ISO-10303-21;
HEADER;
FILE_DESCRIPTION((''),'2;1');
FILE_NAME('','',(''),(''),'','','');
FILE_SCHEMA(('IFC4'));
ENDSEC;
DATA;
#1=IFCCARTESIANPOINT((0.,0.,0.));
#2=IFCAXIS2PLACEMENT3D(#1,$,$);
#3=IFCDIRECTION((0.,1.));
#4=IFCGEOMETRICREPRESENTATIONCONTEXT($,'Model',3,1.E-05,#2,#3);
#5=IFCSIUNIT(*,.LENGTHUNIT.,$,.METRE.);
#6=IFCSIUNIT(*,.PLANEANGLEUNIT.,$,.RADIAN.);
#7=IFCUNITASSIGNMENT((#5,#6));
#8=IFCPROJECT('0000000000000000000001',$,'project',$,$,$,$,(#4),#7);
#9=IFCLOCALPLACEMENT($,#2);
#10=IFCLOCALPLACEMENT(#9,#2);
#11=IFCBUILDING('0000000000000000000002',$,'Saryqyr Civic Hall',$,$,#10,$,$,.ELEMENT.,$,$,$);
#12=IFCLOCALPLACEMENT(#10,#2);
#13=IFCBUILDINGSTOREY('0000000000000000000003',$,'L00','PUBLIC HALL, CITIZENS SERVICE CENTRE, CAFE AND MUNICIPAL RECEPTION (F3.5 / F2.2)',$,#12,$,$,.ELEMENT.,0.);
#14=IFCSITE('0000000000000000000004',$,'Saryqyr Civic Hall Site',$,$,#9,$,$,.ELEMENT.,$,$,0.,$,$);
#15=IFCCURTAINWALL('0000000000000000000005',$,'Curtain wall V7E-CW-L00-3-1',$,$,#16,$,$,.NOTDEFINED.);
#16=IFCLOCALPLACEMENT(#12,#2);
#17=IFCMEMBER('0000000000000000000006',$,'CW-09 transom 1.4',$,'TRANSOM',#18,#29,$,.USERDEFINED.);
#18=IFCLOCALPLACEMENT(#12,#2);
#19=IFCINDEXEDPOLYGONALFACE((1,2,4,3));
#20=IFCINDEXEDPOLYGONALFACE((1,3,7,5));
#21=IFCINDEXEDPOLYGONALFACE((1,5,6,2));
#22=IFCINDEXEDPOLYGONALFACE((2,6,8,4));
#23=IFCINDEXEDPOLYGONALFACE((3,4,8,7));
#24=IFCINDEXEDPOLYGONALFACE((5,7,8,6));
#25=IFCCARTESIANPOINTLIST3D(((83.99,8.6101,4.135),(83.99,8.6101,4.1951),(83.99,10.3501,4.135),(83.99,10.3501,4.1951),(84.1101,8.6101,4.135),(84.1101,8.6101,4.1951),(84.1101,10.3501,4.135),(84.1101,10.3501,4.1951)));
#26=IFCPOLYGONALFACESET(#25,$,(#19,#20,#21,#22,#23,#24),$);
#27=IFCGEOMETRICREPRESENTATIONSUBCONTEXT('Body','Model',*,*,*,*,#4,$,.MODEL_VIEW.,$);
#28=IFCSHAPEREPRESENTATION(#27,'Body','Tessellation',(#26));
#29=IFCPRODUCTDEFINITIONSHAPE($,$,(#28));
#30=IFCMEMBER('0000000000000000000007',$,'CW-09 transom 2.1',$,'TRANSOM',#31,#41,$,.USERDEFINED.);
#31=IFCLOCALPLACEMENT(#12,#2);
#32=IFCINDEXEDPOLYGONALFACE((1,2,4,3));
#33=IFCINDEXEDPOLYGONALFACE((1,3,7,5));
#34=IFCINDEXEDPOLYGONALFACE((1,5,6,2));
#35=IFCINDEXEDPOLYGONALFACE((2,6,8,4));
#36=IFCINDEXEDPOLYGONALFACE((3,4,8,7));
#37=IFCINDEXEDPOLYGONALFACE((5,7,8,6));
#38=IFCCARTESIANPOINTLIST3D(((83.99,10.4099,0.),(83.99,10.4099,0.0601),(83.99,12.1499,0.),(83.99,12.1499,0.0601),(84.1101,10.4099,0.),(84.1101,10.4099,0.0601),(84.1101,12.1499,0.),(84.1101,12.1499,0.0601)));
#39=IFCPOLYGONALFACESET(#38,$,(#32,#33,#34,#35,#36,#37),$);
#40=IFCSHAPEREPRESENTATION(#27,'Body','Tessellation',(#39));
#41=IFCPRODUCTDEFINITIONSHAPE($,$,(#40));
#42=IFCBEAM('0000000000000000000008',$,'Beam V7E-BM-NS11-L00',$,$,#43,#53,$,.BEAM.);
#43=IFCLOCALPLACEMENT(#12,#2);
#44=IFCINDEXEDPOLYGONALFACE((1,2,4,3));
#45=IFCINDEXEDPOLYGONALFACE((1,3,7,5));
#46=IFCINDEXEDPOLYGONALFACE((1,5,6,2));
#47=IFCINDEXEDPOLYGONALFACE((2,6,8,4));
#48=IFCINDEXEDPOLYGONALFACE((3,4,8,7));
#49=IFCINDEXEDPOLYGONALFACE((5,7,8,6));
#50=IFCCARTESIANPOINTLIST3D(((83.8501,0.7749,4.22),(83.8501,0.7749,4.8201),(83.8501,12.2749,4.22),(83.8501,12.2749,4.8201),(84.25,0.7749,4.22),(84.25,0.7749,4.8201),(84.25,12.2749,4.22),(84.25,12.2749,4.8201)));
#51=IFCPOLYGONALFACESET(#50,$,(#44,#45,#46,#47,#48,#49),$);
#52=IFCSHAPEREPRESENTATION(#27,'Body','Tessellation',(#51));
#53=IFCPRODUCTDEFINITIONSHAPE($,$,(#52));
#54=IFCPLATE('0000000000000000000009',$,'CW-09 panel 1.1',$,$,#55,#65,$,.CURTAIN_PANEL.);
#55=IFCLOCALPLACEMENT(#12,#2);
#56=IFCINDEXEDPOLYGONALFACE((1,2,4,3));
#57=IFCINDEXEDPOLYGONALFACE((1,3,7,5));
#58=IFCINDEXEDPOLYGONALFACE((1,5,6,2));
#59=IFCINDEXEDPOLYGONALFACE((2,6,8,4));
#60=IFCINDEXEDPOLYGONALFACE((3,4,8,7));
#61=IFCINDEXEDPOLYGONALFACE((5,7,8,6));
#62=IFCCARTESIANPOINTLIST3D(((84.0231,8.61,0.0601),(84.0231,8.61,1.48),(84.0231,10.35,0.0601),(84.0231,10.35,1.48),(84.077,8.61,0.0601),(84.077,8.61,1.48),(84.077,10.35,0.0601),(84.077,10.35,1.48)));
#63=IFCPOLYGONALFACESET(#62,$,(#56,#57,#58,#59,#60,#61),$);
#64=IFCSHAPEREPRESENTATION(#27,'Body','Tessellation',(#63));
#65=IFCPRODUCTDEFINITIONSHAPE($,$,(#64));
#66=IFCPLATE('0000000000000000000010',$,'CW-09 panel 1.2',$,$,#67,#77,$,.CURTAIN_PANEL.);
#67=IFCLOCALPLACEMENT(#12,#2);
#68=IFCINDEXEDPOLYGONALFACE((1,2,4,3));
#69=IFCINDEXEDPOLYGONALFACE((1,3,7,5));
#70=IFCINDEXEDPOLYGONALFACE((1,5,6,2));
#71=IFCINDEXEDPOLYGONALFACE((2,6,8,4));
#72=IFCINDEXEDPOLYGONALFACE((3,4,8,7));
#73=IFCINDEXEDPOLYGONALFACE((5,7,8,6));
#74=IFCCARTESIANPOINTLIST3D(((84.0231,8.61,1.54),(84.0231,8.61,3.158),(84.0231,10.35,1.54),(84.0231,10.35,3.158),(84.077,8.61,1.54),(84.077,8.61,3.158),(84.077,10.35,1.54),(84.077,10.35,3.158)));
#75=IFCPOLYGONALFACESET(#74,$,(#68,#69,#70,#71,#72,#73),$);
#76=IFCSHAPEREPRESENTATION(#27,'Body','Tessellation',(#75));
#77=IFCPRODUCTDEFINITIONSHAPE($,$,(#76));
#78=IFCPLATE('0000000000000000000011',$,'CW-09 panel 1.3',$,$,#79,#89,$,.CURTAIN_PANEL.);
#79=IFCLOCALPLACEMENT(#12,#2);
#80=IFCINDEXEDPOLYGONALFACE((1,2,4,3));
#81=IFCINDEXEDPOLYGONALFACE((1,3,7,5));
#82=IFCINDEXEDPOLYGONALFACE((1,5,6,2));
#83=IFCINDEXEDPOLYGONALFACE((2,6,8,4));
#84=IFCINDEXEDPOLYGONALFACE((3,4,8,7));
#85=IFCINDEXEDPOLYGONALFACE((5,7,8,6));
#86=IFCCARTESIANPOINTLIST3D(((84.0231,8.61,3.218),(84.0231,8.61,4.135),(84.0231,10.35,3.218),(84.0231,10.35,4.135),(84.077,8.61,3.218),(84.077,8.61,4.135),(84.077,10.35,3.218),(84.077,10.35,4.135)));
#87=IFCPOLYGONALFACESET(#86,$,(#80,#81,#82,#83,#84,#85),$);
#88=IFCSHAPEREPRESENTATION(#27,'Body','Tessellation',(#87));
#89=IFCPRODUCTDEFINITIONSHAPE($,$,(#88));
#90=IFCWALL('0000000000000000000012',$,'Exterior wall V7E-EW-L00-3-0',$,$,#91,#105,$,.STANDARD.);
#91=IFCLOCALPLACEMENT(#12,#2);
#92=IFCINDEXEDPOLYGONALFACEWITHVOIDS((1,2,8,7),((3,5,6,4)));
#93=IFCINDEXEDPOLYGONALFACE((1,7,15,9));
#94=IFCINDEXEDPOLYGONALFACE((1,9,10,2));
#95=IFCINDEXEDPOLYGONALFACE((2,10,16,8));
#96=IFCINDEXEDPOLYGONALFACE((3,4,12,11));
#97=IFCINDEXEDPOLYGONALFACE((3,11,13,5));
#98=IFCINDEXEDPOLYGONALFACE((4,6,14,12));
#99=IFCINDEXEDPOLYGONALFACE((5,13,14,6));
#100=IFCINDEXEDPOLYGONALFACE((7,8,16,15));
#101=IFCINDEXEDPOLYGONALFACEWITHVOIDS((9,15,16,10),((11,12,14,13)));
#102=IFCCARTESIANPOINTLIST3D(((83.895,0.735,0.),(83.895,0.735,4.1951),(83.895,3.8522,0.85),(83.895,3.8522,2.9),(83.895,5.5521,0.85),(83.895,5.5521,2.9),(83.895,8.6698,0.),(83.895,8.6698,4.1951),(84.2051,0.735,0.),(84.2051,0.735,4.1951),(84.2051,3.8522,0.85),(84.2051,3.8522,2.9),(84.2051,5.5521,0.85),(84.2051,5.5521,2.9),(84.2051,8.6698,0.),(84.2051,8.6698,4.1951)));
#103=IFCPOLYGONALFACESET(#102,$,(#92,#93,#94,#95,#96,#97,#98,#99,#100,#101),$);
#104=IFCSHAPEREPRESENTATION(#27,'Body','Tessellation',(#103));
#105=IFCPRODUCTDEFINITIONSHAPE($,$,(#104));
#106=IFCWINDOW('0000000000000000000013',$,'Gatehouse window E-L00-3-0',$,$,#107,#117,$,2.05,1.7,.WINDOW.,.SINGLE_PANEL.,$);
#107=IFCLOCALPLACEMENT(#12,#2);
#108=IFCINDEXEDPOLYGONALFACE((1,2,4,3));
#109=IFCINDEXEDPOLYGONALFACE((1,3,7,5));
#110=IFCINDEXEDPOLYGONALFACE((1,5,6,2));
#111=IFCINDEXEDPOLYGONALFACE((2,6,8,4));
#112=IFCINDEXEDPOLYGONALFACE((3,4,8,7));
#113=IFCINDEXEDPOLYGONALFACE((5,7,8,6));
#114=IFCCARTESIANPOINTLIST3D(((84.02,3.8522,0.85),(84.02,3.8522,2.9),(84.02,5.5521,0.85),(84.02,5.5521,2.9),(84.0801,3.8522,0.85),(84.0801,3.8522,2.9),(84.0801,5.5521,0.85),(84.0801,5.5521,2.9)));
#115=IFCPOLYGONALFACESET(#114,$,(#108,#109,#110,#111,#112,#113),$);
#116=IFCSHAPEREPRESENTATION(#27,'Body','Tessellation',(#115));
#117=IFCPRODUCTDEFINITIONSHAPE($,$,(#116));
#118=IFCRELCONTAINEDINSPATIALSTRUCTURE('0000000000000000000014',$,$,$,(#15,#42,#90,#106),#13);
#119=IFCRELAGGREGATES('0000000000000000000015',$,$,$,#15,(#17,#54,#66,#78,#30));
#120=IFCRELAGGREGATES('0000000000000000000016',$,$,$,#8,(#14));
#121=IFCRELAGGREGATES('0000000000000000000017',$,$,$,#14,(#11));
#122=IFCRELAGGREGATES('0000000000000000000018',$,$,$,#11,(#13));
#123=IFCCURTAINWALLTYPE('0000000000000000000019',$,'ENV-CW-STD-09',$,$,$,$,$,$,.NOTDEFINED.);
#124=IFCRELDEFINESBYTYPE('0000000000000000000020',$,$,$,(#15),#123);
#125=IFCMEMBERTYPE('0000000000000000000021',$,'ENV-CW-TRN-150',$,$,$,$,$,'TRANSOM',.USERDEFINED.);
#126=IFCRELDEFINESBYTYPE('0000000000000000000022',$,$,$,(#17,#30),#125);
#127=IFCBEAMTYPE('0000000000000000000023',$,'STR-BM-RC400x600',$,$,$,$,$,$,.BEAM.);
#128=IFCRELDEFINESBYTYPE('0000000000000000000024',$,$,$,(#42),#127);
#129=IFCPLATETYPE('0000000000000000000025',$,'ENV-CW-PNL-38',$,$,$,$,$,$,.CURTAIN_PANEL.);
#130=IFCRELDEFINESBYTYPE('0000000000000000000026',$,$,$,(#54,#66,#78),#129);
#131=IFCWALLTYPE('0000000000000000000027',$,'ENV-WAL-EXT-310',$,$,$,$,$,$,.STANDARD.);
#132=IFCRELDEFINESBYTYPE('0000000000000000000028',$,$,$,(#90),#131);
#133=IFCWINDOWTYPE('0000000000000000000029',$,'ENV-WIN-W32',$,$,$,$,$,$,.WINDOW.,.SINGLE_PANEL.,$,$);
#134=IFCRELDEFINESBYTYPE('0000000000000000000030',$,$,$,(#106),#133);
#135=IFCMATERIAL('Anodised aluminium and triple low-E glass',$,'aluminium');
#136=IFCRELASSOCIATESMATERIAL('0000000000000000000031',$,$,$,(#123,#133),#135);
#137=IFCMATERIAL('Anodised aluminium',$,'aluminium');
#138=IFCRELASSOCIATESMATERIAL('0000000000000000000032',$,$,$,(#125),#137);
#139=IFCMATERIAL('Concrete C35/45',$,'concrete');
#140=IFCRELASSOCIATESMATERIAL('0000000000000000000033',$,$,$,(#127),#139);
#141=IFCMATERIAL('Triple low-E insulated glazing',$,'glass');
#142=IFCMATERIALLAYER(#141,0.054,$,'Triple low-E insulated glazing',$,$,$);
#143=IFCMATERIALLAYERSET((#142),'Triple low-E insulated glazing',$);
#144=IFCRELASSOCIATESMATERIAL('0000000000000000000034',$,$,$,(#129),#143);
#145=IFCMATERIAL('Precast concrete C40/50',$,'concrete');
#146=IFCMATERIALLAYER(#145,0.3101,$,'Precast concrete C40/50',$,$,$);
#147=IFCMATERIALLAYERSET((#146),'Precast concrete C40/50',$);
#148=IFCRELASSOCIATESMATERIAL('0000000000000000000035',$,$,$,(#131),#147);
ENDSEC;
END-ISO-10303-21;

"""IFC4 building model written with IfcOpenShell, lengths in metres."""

from ifc_helpers import new_model, si_unit, direction, frame, frame_2d, origin, origin_2d, place, context, subcontext, project, spatial, rectangle, extrude, material, layer, layer_set, material_profile, profile_set, type_object, element, fill, aggregate, save


model = new_model("IFC4")

# Units and contexts
model_context = context("Model", 3, precision=1e-05, world=origin(), true_north=direction((0.0, 1.0)))
body_context = subcontext(model_context, "Body", "Model", "MODEL_VIEW")
ifc_project = project(units=[si_unit("LENGTHUNIT", "METRE"), si_unit("PLANEANGLEUNIT", "RADIAN")], contexts=[model_context])

# Site, building, storey
site_placement = place(None, origin())
site = spatial("IfcSite", under=ifc_project, at=site_placement, Name="Saryqyr Civic Hall Site", CompositionType="ELEMENT", RefElevation=0.0)
building_placement = place(site_placement, origin())
building = spatial("IfcBuilding", under=site, at=building_placement, Name="Saryqyr Civic Hall", CompositionType="ELEMENT")
storey_placement = place(building_placement, origin())
storey = spatial("IfcBuildingStorey", under=building, at=storey_placement, Name="L00", Description="PUBLIC HALL, CITIZENS SERVICE CENTRE, CAFE AND MUNICIPAL RECEPTION (F3.5 / F2.2)", CompositionType="ELEMENT", Elevation=0.0)

# Curtain wall, members
ifc_material_1 = material(Name="Anodised aluminium and triple low-E glass", Category="aluminium")
curtain_wall_type = type_object("IfcCurtainWallType", Name="ENV-CW-STD-09", PredefinedType="NOTDEFINED", material=ifc_material_1)
curtain_wall_placement = place(storey_placement, origin())
curtain_wall = element("IfcCurtainWall", 1, at=curtain_wall_placement, inside=storey, type_object=curtain_wall_type, Name="Curtain wall V7E-CW-L00-3-1", PredefinedType="NOTDEFINED")
ifc_material_2 = material(Name="Anodised aluminium", Category="aluminium")
ifc_material_profile_1 = material_profile(ifc_material_2, rectangle(XDim=0.1201, YDim=0.0601, at=origin_2d()), Name="ALU TRANSOM 120x60")
ifc_profile_set_1 = profile_set([ifc_material_profile_1], Name="Anodised aluminium")
member_type_1 = type_object("IfcMemberType", Name="ENV-CW-TRN-150", ElementType="TRANSOM", PredefinedType="USERDEFINED", material=ifc_profile_set_1)
member_1_placement = place(storey_placement, frame((84.05, 8.6101, 4.165), z_axis=(0.0, 1.0, 0.0), x_axis=(-1.0, 0.0, 0.0)))
member_1 = element("IfcMember", 2, at=member_1_placement, type_object=member_type_1, Name="CW-09 transom 1.4", ObjectType="TRANSOM", PredefinedType="USERDEFINED", context=body_context, shape_type="SweptSolid", body=[
    extrude(rectangle(XDim=0.1201, YDim=0.0601, at=origin_2d()), origin(), (0.0, 0.0, 1.0), 1.74),
])
member_2_placement = place(storey_placement, frame((84.05, 10.4099, 0.03), z_axis=(0.0, 1.0, 0.0), x_axis=(-1.0, 0.0, 0.0)))
member_2 = element("IfcMember", 3, at=member_2_placement, type_object=member_type_1, Name="CW-09 transom 2.1", ObjectType="TRANSOM", PredefinedType="USERDEFINED", context=body_context, shape_type="SweptSolid", body=[
    extrude(rectangle(XDim=0.1201, YDim=0.0601, at=origin_2d()), origin(), (0.0, 0.0, 1.0), 1.74),
])

# Beam
ifc_material_3 = material(Name="Concrete C35/45", Category="concrete")
ifc_material_profile_2 = material_profile(ifc_material_3, rectangle(XDim=0.3999, YDim=0.6001, at=origin_2d()), Name="RC 400x600")
ifc_profile_set_2 = profile_set([ifc_material_profile_2], Name="Concrete C35/45")
beam_type = type_object("IfcBeamType", Name="STR-BM-RC400x600", PredefinedType="BEAM", material=ifc_profile_set_2)
beam_placement = place(storey_placement, frame((84.05, 0.7749, 4.52), z_axis=(0.0, 1.0, 0.0), x_axis=(-1.0, 0.0, 0.0)))
element("IfcBeam", 4, at=beam_placement, inside=storey, type_object=beam_type, Name="Beam V7E-BM-NS11-L00", PredefinedType="BEAM", context=body_context, shape_type="SweptSolid", body=[
    extrude(rectangle(XDim=0.3999, YDim=0.6001, at=origin_2d()), origin(), (0.0, 0.0, 1.0), 11.5),
])

# Plates
ifc_material_4 = material(Name="Triple low-E insulated glazing", Category="glass")
ifc_layer_1 = layer(ifc_material_4, 0.054, Name="Triple low-E insulated glazing")
ifc_layer_set_1 = layer_set([ifc_layer_1], Name="Triple low-E insulated glazing")
plate_type = type_object("IfcPlateType", Name="ENV-CW-PNL-38", PredefinedType="CURTAIN_PANEL", material=ifc_layer_set_1)
plate_1_placement = place(storey_placement, frame((84.05, 9.48, 0.0601), z_axis=(0.0, 0.0, 1.0), x_axis=(0.0, 1.0, 0.0)))
plate_1 = element("IfcPlate", 5, at=plate_1_placement, type_object=plate_type, Name="CW-09 panel 1.1", PredefinedType="CURTAIN_PANEL", context=body_context, shape_type="SweptSolid", body=[
    extrude(rectangle(XDim=1.74, YDim=0.054, at=origin_2d()), origin(), (0.0, 0.0, 1.0), 1.4199),
])
plate_2_placement = place(storey_placement, frame((84.05, 9.48, 1.54), z_axis=(0.0, 0.0, 1.0), x_axis=(0.0, 1.0, 0.0)))
plate_2 = element("IfcPlate", 6, at=plate_2_placement, type_object=plate_type, Name="CW-09 panel 1.2", PredefinedType="CURTAIN_PANEL", context=body_context, shape_type="SweptSolid", body=[
    extrude(rectangle(XDim=1.74, YDim=0.054, at=origin_2d()), origin(), (0.0, 0.0, 1.0), 1.6179),
])
plate_3_placement = place(storey_placement, frame((84.05, 9.48, 3.218), z_axis=(0.0, 0.0, 1.0), x_axis=(0.0, 1.0, 0.0)))
plate_3 = element("IfcPlate", 7, at=plate_3_placement, type_object=plate_type, Name="CW-09 panel 1.3", PredefinedType="CURTAIN_PANEL", context=body_context, shape_type="SweptSolid", body=[
    extrude(rectangle(XDim=1.74, YDim=0.054, at=origin_2d()), origin(), (0.0, 0.0, 1.0), 0.917),
])
aggregate(curtain_wall, [member_1, plate_1, plate_2, plate_3, member_2])

# Wall, opening, window
ifc_material_5 = material(Name="Precast concrete C40/50", Category="concrete")
ifc_layer_2 = layer(ifc_material_5, 0.3101, Name="Precast concrete C40/50")
ifc_layer_set_2 = layer_set([ifc_layer_2], Name="Precast concrete C40/50")
wall_type = type_object("IfcWallType", Name="ENV-WAL-EXT-310", PredefinedType="STANDARD", material=ifc_layer_set_2)
wall_placement = place(storey_placement, frame((84.05, 0.7351, 0.0), z_axis=(0.0, 0.0, 1.0), x_axis=(0.0, 1.0, 0.0)))
wall = element("IfcWall", 8, at=wall_placement, inside=storey, type_object=wall_type, Name="Exterior wall V7E-EW-L00-3-0", PredefinedType="STANDARD", context=body_context, shape_type="SweptSolid", body=[
    extrude(rectangle(XDim=7.9348, YDim=0.3101, at=frame_2d((3.9673, 0.0))), origin(), (0.0, 0.0, 1.0), 4.1951),
])
opening_placement = place(wall_placement, frame((3.1169, 0.0, 0.8501)))
opening = element("IfcOpeningElement", 9, at=opening_placement, cuts=wall, PredefinedType="OPENING", context=body_context, shape_type="SweptSolid", body=[
    extrude(rectangle(XDim=1.7, YDim=2.05, at=frame_2d((0.8501, 1.0249))), frame((0.0, 0.165, 0.0), z_axis=(0.0, -1.0, 0.0), x_axis=(1.0, 0.0, 0.0)), (0.0, 0.0, 1.0), 0.3301),
])
window_type = type_object("IfcWindowType", Name="ENV-WIN-W32", PartitioningType="SINGLE_PANEL", PredefinedType="WINDOW", material=ifc_material_1)
window_placement = place(opening_placement, origin())
window = element("IfcWindow", 10, at=window_placement, inside=storey, type_object=window_type, Name="Gatehouse window E-L00-3-0", OverallHeight=2.05, OverallWidth=1.7, PartitioningType="SINGLE_PANEL", PredefinedType="WINDOW", context=body_context, shape_type="SweptSolid", body=[
    extrude(rectangle(XDim=1.7, YDim=2.05, at=frame_2d((0.8501, 1.0249))), frame((0.0, 0.03, 0.0), z_axis=(0.0, -1.0, 0.0), x_axis=(1.0, 0.0, 0.0)), (0.0, 0.0, 1.0), 0.0601),
])
fill(opening, window)

save(model, "model.ifc")
